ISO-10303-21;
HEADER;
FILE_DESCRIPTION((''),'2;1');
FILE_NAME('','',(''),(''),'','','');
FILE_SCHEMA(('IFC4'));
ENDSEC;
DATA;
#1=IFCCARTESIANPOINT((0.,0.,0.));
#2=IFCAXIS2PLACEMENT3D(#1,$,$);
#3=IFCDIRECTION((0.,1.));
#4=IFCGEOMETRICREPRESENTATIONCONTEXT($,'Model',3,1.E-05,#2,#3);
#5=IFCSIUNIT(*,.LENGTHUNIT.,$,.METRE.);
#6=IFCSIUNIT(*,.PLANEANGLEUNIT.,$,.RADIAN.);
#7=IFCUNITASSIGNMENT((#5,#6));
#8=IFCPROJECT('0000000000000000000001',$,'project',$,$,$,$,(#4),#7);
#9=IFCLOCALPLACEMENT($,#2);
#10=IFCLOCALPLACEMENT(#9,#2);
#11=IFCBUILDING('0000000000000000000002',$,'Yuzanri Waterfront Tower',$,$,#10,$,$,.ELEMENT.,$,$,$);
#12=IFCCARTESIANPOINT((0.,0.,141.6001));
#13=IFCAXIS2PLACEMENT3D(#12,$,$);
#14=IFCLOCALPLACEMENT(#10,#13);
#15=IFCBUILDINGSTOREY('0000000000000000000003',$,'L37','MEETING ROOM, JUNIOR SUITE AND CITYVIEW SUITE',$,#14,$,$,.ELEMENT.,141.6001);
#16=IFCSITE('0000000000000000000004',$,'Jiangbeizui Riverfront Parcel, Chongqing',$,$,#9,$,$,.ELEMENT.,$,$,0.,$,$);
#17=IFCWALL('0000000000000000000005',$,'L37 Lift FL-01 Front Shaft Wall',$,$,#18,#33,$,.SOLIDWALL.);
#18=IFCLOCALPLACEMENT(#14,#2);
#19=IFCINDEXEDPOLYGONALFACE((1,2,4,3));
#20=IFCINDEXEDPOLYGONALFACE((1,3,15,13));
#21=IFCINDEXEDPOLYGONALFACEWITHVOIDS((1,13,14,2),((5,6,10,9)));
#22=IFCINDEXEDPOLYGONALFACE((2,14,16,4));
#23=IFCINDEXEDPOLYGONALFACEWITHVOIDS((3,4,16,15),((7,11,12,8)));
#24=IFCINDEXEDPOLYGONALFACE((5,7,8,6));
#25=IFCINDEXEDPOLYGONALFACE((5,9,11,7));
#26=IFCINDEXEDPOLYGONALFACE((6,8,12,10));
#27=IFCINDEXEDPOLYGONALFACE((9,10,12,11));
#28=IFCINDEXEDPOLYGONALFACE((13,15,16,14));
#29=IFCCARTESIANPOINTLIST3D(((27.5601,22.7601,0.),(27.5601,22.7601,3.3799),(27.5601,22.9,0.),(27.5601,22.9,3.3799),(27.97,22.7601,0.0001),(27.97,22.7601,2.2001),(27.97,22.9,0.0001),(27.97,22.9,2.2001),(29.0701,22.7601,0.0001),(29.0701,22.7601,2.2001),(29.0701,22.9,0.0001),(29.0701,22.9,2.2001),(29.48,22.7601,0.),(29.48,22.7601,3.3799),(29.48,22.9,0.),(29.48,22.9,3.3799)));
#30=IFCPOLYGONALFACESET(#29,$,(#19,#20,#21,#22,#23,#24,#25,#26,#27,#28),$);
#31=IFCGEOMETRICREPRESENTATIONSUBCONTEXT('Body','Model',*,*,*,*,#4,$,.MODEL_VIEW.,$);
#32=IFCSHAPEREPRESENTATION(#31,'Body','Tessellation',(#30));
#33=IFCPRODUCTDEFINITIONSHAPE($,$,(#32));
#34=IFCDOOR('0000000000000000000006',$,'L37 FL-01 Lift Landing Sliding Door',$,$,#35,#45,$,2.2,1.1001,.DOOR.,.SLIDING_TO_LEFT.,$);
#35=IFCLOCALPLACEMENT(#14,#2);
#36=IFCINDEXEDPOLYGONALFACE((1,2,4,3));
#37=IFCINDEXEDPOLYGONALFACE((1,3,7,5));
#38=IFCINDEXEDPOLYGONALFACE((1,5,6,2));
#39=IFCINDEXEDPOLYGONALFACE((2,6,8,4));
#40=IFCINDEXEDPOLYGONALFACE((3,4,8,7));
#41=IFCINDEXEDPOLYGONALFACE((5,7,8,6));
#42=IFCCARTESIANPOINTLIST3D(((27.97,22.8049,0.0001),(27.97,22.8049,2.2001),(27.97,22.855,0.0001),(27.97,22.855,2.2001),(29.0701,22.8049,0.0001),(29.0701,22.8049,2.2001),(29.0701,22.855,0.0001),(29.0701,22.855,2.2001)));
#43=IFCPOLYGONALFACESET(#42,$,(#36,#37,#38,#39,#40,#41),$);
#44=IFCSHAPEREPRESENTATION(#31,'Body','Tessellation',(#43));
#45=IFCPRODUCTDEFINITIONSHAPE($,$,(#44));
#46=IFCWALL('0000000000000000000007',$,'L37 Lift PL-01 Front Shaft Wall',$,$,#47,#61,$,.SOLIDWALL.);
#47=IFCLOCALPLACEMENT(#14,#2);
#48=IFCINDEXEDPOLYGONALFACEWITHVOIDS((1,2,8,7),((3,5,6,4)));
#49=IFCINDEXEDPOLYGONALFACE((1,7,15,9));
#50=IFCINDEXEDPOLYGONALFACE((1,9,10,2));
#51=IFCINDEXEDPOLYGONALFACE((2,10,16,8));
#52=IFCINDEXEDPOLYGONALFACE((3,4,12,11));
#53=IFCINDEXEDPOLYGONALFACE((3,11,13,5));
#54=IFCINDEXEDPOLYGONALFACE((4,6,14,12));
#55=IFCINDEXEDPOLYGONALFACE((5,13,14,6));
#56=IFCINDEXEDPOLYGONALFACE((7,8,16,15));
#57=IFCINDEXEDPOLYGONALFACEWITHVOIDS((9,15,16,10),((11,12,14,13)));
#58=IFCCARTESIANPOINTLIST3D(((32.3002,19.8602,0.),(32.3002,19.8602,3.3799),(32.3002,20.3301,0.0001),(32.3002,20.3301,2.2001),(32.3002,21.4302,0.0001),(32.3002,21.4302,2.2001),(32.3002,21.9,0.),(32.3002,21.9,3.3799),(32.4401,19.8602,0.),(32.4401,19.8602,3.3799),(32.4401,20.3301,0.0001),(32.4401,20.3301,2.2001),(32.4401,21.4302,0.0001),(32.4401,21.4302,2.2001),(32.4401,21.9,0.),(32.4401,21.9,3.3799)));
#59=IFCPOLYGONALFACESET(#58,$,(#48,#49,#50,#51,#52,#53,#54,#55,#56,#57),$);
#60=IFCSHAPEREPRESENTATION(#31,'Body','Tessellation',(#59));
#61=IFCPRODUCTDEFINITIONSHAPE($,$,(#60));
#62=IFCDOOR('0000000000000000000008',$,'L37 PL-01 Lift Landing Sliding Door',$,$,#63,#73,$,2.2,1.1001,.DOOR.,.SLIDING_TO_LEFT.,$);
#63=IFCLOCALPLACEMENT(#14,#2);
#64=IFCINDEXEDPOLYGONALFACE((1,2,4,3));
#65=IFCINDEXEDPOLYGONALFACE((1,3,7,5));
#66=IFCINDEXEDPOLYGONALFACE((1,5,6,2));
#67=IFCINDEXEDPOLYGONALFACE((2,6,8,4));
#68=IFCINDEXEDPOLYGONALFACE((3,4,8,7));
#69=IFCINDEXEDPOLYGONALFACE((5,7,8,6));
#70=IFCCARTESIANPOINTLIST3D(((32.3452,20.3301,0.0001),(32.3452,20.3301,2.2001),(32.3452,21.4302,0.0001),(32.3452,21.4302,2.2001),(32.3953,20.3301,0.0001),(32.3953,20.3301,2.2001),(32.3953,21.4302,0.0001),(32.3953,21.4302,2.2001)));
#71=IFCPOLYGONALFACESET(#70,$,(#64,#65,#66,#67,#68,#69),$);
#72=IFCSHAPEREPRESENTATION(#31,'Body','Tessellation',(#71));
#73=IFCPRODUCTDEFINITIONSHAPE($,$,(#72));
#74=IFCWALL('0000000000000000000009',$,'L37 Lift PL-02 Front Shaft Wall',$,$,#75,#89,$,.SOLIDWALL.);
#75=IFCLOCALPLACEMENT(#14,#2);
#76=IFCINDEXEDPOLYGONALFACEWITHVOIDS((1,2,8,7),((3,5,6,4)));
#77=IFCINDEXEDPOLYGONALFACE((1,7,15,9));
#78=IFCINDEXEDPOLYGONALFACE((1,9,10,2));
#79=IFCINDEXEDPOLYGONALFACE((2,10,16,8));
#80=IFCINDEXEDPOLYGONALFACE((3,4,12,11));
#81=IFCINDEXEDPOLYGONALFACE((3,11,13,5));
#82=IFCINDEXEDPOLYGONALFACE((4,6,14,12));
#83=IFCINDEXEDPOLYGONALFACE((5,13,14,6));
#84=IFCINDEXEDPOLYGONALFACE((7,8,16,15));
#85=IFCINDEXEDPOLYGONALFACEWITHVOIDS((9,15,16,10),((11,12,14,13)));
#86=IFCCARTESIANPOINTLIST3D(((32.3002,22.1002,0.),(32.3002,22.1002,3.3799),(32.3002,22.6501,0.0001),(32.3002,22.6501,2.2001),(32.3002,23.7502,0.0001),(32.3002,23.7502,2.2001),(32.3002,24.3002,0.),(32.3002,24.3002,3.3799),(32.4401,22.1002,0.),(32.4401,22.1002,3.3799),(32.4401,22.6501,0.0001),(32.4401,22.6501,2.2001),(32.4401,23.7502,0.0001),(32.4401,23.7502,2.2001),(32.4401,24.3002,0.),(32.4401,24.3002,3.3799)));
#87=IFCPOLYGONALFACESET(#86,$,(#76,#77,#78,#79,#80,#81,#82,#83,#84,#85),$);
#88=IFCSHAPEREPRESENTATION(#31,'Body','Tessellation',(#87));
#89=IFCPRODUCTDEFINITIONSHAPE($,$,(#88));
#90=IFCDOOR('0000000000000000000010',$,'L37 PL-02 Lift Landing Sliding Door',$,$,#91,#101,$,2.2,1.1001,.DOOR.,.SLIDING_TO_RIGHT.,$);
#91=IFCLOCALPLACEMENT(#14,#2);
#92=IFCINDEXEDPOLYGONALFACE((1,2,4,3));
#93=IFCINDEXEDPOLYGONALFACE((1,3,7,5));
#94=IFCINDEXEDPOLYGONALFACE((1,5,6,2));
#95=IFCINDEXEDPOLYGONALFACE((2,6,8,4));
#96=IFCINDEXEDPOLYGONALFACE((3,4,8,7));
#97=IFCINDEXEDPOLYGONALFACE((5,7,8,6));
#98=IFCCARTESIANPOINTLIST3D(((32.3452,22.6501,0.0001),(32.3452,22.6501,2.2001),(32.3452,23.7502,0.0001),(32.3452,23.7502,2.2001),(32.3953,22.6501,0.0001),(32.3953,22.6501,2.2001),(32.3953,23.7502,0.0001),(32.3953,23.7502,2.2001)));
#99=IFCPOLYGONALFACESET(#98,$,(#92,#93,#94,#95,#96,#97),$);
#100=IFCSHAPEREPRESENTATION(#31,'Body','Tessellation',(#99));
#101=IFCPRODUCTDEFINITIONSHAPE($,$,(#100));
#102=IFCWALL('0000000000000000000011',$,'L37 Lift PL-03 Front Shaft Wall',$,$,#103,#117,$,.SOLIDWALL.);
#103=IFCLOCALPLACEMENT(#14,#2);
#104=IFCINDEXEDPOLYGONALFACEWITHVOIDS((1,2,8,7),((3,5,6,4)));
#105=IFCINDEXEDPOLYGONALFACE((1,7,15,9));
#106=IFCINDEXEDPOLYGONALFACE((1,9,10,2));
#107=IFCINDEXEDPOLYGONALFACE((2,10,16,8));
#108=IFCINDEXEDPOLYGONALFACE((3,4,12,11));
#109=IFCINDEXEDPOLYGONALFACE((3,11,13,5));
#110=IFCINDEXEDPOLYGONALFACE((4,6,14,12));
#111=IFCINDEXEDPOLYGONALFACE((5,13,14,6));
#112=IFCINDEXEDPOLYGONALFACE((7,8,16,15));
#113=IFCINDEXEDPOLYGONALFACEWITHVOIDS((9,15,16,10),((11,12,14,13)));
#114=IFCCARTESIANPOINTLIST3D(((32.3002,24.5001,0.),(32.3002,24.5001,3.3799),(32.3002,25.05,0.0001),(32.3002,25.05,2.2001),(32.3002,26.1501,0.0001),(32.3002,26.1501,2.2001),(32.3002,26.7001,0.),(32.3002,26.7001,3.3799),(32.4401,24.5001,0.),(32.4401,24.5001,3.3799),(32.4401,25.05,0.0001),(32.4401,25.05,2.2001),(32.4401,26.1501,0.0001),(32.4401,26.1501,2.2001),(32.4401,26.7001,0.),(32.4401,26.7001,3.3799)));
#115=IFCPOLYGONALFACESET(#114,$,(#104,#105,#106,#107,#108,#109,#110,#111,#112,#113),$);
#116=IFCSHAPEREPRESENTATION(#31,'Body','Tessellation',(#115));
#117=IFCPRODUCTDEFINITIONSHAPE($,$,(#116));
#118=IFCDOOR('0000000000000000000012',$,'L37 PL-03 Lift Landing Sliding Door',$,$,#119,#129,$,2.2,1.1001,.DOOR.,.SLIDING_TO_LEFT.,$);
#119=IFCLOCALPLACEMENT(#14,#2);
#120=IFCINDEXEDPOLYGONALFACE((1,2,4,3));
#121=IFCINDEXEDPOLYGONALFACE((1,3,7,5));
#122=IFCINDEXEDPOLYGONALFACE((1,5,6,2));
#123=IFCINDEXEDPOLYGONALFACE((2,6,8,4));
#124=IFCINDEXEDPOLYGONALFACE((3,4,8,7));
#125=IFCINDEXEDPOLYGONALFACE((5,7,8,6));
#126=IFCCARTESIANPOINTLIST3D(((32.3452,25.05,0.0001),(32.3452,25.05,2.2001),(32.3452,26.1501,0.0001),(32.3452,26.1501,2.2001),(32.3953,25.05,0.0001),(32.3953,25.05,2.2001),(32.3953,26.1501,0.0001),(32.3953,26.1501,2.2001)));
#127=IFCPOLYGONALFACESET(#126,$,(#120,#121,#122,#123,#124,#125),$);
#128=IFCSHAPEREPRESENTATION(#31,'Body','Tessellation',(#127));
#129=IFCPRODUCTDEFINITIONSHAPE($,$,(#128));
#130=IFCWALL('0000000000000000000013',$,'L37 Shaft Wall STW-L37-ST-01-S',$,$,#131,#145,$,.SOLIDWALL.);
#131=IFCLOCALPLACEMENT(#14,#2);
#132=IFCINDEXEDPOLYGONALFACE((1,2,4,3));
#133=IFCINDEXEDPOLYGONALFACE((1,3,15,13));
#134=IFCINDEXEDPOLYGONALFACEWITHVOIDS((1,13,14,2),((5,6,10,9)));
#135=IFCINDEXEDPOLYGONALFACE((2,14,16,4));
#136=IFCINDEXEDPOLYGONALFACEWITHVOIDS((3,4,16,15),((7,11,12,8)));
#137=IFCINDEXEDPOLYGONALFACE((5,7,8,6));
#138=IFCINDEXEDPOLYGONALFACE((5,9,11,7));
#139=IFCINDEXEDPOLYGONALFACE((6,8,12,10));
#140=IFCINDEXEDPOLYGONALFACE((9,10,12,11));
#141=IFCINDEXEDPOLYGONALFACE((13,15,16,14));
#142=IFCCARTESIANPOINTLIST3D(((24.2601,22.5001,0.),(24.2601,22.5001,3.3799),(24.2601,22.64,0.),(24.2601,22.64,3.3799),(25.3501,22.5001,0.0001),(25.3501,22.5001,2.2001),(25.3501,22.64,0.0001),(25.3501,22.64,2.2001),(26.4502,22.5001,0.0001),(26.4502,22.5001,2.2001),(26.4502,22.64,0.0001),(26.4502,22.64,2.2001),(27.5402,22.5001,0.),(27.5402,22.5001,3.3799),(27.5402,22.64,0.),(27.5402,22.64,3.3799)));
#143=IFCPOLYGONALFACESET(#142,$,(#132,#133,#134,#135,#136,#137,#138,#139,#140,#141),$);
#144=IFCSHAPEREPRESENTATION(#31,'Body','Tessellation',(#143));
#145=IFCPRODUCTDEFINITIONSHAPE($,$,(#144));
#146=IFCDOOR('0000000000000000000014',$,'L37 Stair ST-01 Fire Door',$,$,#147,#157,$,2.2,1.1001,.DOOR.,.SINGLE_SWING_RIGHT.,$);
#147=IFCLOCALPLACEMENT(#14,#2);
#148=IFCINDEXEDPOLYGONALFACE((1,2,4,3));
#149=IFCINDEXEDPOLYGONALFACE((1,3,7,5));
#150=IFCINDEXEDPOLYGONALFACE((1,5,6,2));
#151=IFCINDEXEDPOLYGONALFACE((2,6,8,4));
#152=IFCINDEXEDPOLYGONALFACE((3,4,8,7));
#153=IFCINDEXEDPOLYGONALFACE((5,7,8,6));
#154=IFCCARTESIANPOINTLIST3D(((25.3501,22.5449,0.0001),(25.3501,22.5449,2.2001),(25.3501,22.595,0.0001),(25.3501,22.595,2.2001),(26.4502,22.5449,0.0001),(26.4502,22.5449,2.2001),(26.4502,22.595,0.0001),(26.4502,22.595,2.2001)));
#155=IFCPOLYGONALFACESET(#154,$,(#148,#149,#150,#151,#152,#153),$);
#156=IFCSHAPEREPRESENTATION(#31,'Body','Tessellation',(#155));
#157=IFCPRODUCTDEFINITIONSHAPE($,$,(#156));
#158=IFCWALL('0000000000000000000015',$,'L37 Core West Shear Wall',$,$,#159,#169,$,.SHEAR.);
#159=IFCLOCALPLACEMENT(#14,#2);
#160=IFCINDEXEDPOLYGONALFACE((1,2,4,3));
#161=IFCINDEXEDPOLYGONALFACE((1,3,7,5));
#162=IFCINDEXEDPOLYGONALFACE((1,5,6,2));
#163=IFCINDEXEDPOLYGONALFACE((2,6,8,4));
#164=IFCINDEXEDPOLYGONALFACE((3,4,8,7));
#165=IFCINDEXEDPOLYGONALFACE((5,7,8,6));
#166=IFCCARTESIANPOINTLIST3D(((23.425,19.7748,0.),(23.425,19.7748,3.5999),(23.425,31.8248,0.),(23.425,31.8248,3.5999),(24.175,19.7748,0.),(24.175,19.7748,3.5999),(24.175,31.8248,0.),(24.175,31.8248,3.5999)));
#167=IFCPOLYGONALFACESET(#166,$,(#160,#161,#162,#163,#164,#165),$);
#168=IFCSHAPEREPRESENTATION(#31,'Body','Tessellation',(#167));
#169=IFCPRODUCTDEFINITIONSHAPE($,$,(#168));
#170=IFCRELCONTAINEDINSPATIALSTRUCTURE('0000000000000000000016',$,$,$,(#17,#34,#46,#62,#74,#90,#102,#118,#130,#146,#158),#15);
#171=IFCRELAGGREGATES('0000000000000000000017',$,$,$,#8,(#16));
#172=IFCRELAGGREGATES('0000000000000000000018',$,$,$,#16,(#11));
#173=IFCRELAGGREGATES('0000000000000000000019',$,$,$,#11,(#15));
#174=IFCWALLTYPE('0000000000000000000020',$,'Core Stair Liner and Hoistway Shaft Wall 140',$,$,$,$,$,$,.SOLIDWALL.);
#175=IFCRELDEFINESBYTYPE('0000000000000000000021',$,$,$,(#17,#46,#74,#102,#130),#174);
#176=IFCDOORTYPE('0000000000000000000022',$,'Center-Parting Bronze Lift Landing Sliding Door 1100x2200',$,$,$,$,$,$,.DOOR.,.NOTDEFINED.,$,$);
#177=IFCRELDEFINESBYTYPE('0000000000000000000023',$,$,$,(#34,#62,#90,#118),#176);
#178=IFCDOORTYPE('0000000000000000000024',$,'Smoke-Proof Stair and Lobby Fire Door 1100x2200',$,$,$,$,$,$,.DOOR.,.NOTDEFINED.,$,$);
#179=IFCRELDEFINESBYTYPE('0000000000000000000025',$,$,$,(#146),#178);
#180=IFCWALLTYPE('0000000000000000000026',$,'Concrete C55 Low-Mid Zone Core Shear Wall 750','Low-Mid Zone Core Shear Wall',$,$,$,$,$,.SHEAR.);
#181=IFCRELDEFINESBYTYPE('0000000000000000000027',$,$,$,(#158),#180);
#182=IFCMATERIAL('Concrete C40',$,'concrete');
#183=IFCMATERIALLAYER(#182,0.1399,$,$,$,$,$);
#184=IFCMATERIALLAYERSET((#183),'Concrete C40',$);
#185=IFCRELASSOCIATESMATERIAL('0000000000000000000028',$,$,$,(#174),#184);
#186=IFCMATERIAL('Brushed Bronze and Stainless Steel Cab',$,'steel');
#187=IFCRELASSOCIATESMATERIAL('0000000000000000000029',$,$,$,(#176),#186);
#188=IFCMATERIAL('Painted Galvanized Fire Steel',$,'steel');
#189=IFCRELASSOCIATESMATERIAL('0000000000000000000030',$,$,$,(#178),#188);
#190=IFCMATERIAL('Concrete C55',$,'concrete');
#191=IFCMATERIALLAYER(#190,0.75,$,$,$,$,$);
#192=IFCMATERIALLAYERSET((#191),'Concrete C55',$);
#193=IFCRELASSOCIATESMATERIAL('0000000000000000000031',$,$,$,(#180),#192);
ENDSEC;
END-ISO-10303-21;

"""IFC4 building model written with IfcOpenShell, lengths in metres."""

from ifc_helpers import new_model, si_unit, direction, frame, frame_2d, origin, place, context, subcontext, project, spatial, rectangle, extrude, source, transform, mapped, material, layer, layer_set, type_object, element, fill, save


model = new_model("IFC4")

# Units and contexts
model_context = context("Model", 3, precision=1e-05, world=origin(), true_north=direction((0.0, 1.0)))
body_context = subcontext(model_context, "Body", "Model", "MODEL_VIEW")
ifc_project = project(units=[si_unit("LENGTHUNIT", "METRE"), si_unit("PLANEANGLEUNIT", "RADIAN")], contexts=[model_context])

# Site, building, storey
site_placement = place(None, origin())
site = spatial("IfcSite", under=ifc_project, at=site_placement, Name="Jiangbeizui Riverfront Parcel, Chongqing", CompositionType="ELEMENT", RefElevation=0.0)
building_placement = place(site_placement, origin())
building = spatial("IfcBuilding", under=site, at=building_placement, Name="Yuzanri Waterfront Tower", CompositionType="ELEMENT")
storey_placement = place(building_placement, frame((0.0, 0.0, 141.6001)))
storey = spatial("IfcBuildingStorey", under=building, at=storey_placement, Name="L37", Description="MEETING ROOM, JUNIOR SUITE AND CITYVIEW SUITE", CompositionType="ELEMENT", Elevation=141.6001)

# Walls, openings, doors
ifc_material_1 = material(Name="Concrete C40", Category="concrete")
ifc_layer_1 = layer(ifc_material_1, 0.1399)
ifc_layer_set_1 = layer_set([ifc_layer_1], Name="Concrete C40")
wall_type_1 = type_object("IfcWallType", Name="Core Stair Liner and Hoistway Shaft Wall 140", PredefinedType="SOLIDWALL", material=ifc_layer_set_1)
wall_1_placement = place(storey_placement, frame((27.5601, 22.8301, 0.0), z_axis=(0.0, 0.0, 1.0), x_axis=(1.0, 0.0, 0.0)))
wall_1 = element("IfcWall", 1, at=wall_1_placement, inside=storey, type_object=wall_type_1, Name="L37 Lift FL-01 Front Shaft Wall", PredefinedType="SOLIDWALL", context=body_context, shape_type="SweptSolid", body=[
    extrude(rectangle(XDim=1.9199, YDim=0.1399, at=frame_2d((0.96, 0.0))), origin(), (0.0, 0.0, 1.0), 3.3799),
])
opening_1_placement = place(wall_1_placement, frame((0.4099, 0.0, 0.0)))
opening_1 = element("IfcOpeningElement", 2, at=opening_1_placement, cuts=wall_1, PredefinedType="OPENING", context=body_context, shape_type="SweptSolid", body=[
    extrude(rectangle(XDim=1.1001, YDim=2.2, at=frame_2d((0.55, 1.1001))), frame((0.0, 0.085, 0.0), z_axis=(0.0, -1.0, 0.0), x_axis=(1.0, 0.0, 0.0)), (0.0, 0.0, 1.0), 0.1697),
])
ifc_material_2 = material(Name="Brushed Bronze and Stainless Steel Cab", Category="steel")
door_type_1 = type_object("IfcDoorType", Name="Center-Parting Bronze Lift Landing Sliding Door 1100x2200", OperationType="NOTDEFINED", PredefinedType="DOOR", material=ifc_material_2)
shared_shape_1 = source(origin(), body_context, "Body", "SweptSolid", [
    extrude(rectangle(XDim=1.1001, YDim=2.2, at=frame_2d((0.55, 1.1001))), frame((0.0, 0.0249, 0.0), z_axis=(0.0, -1.0, 0.0), x_axis=(1.0, 0.0, 0.0)), (0.0, 0.0, 1.0), 0.05),
])
door_1_placement = place(opening_1_placement, origin())
door_1 = element("IfcDoor", 3, at=door_1_placement, inside=storey, type_object=door_type_1, Name="L37 FL-01 Lift Landing Sliding Door", OperationType="SLIDING_TO_LEFT", OverallHeight=2.2, OverallWidth=1.1001, PredefinedType="DOOR", context=body_context, shape_type="MappedRepresentation", body=[
    mapped(shared_shape_1, transform((0.0, 0.0, 0.0), scale=1.0)),
])
fill(opening_1, door_1)
wall_2_placement = place(storey_placement, frame((32.3701, 19.8601, 0.0), z_axis=(0.0, 0.0, 1.0), x_axis=(0.0, 1.0, 0.0)))
wall_2 = element("IfcWall", 4, at=wall_2_placement, inside=storey, type_object=wall_type_1, Name="L37 Lift PL-01 Front Shaft Wall", PredefinedType="SOLIDWALL", context=body_context, shape_type="SweptSolid", body=[
    extrude(rectangle(XDim=2.0398, YDim=0.1399, at=frame_2d((1.02, 0.0))), origin(), (0.0, 0.0, 1.0), 3.3799),
])
opening_2_placement = place(wall_2_placement, frame((0.47, 0.0, 0.0)))
opening_2 = element("IfcOpeningElement", 5, at=opening_2_placement, cuts=wall_2, PredefinedType="OPENING", context=body_context, shape_type="SweptSolid", body=[
    extrude(rectangle(XDim=1.1001, YDim=2.2, at=frame_2d((0.55, 1.1001))), frame((0.0, 0.085, 0.0), z_axis=(0.0, -1.0, 0.0), x_axis=(1.0, 0.0, 0.0)), (0.0, 0.0, 1.0), 0.1697),
])
door_2_placement = place(opening_2_placement, origin())
door_2 = element("IfcDoor", 6, at=door_2_placement, inside=storey, type_object=door_type_1, Name="L37 PL-01 Lift Landing Sliding Door", OperationType="SLIDING_TO_LEFT", OverallHeight=2.2, OverallWidth=1.1001, PredefinedType="DOOR", context=body_context, shape_type="MappedRepresentation", body=[
    mapped(shared_shape_1, transform((0.0, 0.0, 0.0), scale=1.0)),
])
fill(opening_2, door_2)
wall_3_placement = place(storey_placement, frame((32.3701, 22.1001, 0.0), z_axis=(0.0, 0.0, 1.0), x_axis=(0.0, 1.0, 0.0)))
wall_3 = element("IfcWall", 7, at=wall_3_placement, inside=storey, type_object=wall_type_1, Name="L37 Lift PL-02 Front Shaft Wall", PredefinedType="SOLIDWALL", context=body_context, shape_type="SweptSolid", body=[
    extrude(rectangle(XDim=2.2, YDim=0.1399, at=frame_2d((1.1001, 0.0))), origin(), (0.0, 0.0, 1.0), 3.3799),
])
opening_3_placement = place(wall_3_placement, frame((0.55, 0.0, 0.0)))
opening_3 = element("IfcOpeningElement", 8, at=opening_3_placement, cuts=wall_3, PredefinedType="OPENING", context=body_context, shape_type="SweptSolid", body=[
    extrude(rectangle(XDim=1.1001, YDim=2.2, at=frame_2d((0.55, 1.1001))), frame((0.0, 0.085, 0.0), z_axis=(0.0, -1.0, 0.0), x_axis=(1.0, 0.0, 0.0)), (0.0, 0.0, 1.0), 0.1697),
])
door_3_placement = place(opening_3_placement, origin())
door_3 = element("IfcDoor", 9, at=door_3_placement, inside=storey, type_object=door_type_1, Name="L37 PL-02 Lift Landing Sliding Door", OperationType="SLIDING_TO_RIGHT", OverallHeight=2.2, OverallWidth=1.1001, PredefinedType="DOOR", context=body_context, shape_type="MappedRepresentation", body=[
    mapped(shared_shape_1, transform((0.0, 0.0, 0.0), scale=1.0)),
])
fill(opening_3, door_3)
wall_4_placement = place(storey_placement, frame((32.3701, 24.5, 0.0), z_axis=(0.0, 0.0, 1.0), x_axis=(0.0, 1.0, 0.0)))
wall_4 = element("IfcWall", 10, at=wall_4_placement, inside=storey, type_object=wall_type_1, Name="L37 Lift PL-03 Front Shaft Wall", PredefinedType="SOLIDWALL", context=body_context, shape_type="SweptSolid", body=[
    extrude(rectangle(XDim=2.2, YDim=0.1399, at=frame_2d((1.1001, 0.0))), origin(), (0.0, 0.0, 1.0), 3.3799),
])
opening_4_placement = place(wall_4_placement, frame((0.55, 0.0, 0.0)))
opening_4 = element("IfcOpeningElement", 11, at=opening_4_placement, cuts=wall_4, PredefinedType="OPENING", context=body_context, shape_type="SweptSolid", body=[
    extrude(rectangle(XDim=1.1001, YDim=2.2, at=frame_2d((0.55, 1.1001))), frame((0.0, 0.085, 0.0), z_axis=(0.0, -1.0, 0.0), x_axis=(1.0, 0.0, 0.0)), (0.0, 0.0, 1.0), 0.1697),
])
door_4_placement = place(opening_4_placement, origin())
door_4 = element("IfcDoor", 12, at=door_4_placement, inside=storey, type_object=door_type_1, Name="L37 PL-03 Lift Landing Sliding Door", OperationType="SLIDING_TO_LEFT", OverallHeight=2.2, OverallWidth=1.1001, PredefinedType="DOOR", context=body_context, shape_type="MappedRepresentation", body=[
    mapped(shared_shape_1, transform((0.0, 0.0, 0.0), scale=1.0)),
])
fill(opening_4, door_4)
wall_5_placement = place(storey_placement, frame((24.26, 22.5701, 0.0), z_axis=(0.0, 0.0, 1.0), x_axis=(1.0, 0.0, 0.0)))
wall_5 = element("IfcWall", 13, at=wall_5_placement, inside=storey, type_object=wall_type_1, Name="L37 Shaft Wall STW-L37-ST-01-S", PredefinedType="SOLIDWALL", context=body_context, shape_type="SweptSolid", body=[
    extrude(rectangle(XDim=3.28, YDim=0.1399, at=frame_2d((1.6401, 0.0))), origin(), (0.0, 0.0, 1.0), 3.3799),
])
opening_5_placement = place(wall_5_placement, frame((1.0901, 0.0, 0.0)))
opening_5 = element("IfcOpeningElement", 14, at=opening_5_placement, cuts=wall_5, PredefinedType="OPENING", context=body_context, shape_type="SweptSolid", body=[
    extrude(rectangle(XDim=1.1001, YDim=2.2, at=frame_2d((0.55, 1.1001))), frame((0.0, 0.085, 0.0), z_axis=(0.0, -1.0, 0.0), x_axis=(1.0, 0.0, 0.0)), (0.0, 0.0, 1.0), 0.1697),
])
ifc_material_3 = material(Name="Painted Galvanized Fire Steel", Category="steel")
door_type_2 = type_object("IfcDoorType", Name="Smoke-Proof Stair and Lobby Fire Door 1100x2200", OperationType="NOTDEFINED", PredefinedType="DOOR", material=ifc_material_3)
shared_shape_2 = source(origin(), body_context, "Body", "SweptSolid", [
    extrude(rectangle(XDim=1.1001, YDim=2.2, at=frame_2d((0.55, 1.1001))), frame((0.0, 0.0249, 0.0), z_axis=(0.0, -1.0, 0.0), x_axis=(1.0, 0.0, 0.0)), (0.0, 0.0, 1.0), 0.05),
])
door_5_placement = place(opening_5_placement, origin())
door_5 = element("IfcDoor", 15, at=door_5_placement, inside=storey, type_object=door_type_2, Name="L37 Stair ST-01 Fire Door", OperationType="SINGLE_SWING_RIGHT", OverallHeight=2.2, OverallWidth=1.1001, PredefinedType="DOOR", context=body_context, shape_type="MappedRepresentation", body=[
    mapped(shared_shape_2, transform((0.0, 0.0, 0.0), scale=1.0)),
])
fill(opening_5, door_5)

# Wall
ifc_material_4 = material(Name="Concrete C55", Category="concrete")
ifc_layer_2 = layer(ifc_material_4, 0.75)
ifc_layer_set_2 = layer_set([ifc_layer_2], Name="Concrete C55")
wall_type_2 = type_object("IfcWallType", Name="Concrete C55 Low-Mid Zone Core Shear Wall 750", Description="Low-Mid Zone Core Shear Wall", PredefinedType="SHEAR", material=ifc_layer_set_2)
shared_shape_3 = source(origin(), body_context, "Body", "SweptSolid", [
    extrude(rectangle(XDim=12.05, YDim=0.75, at=frame_2d((6.0249, 0.0))), origin(), (0.0, 0.0, 1.0), 3.5999),
])
wall_6_placement = place(storey_placement, frame((23.8, 19.7749, 0.0), z_axis=(0.0, 0.0, 1.0), x_axis=(0.0, 1.0, 0.0)))
element("IfcWall", 16, at=wall_6_placement, inside=storey, type_object=wall_type_2, Name="L37 Core West Shear Wall", PredefinedType="SHEAR", context=body_context, shape_type="MappedRepresentation", body=[
    mapped(shared_shape_3, transform((0.0, 0.0, 0.0), scale=1.0)),
])

save(model, "model.ifc")
